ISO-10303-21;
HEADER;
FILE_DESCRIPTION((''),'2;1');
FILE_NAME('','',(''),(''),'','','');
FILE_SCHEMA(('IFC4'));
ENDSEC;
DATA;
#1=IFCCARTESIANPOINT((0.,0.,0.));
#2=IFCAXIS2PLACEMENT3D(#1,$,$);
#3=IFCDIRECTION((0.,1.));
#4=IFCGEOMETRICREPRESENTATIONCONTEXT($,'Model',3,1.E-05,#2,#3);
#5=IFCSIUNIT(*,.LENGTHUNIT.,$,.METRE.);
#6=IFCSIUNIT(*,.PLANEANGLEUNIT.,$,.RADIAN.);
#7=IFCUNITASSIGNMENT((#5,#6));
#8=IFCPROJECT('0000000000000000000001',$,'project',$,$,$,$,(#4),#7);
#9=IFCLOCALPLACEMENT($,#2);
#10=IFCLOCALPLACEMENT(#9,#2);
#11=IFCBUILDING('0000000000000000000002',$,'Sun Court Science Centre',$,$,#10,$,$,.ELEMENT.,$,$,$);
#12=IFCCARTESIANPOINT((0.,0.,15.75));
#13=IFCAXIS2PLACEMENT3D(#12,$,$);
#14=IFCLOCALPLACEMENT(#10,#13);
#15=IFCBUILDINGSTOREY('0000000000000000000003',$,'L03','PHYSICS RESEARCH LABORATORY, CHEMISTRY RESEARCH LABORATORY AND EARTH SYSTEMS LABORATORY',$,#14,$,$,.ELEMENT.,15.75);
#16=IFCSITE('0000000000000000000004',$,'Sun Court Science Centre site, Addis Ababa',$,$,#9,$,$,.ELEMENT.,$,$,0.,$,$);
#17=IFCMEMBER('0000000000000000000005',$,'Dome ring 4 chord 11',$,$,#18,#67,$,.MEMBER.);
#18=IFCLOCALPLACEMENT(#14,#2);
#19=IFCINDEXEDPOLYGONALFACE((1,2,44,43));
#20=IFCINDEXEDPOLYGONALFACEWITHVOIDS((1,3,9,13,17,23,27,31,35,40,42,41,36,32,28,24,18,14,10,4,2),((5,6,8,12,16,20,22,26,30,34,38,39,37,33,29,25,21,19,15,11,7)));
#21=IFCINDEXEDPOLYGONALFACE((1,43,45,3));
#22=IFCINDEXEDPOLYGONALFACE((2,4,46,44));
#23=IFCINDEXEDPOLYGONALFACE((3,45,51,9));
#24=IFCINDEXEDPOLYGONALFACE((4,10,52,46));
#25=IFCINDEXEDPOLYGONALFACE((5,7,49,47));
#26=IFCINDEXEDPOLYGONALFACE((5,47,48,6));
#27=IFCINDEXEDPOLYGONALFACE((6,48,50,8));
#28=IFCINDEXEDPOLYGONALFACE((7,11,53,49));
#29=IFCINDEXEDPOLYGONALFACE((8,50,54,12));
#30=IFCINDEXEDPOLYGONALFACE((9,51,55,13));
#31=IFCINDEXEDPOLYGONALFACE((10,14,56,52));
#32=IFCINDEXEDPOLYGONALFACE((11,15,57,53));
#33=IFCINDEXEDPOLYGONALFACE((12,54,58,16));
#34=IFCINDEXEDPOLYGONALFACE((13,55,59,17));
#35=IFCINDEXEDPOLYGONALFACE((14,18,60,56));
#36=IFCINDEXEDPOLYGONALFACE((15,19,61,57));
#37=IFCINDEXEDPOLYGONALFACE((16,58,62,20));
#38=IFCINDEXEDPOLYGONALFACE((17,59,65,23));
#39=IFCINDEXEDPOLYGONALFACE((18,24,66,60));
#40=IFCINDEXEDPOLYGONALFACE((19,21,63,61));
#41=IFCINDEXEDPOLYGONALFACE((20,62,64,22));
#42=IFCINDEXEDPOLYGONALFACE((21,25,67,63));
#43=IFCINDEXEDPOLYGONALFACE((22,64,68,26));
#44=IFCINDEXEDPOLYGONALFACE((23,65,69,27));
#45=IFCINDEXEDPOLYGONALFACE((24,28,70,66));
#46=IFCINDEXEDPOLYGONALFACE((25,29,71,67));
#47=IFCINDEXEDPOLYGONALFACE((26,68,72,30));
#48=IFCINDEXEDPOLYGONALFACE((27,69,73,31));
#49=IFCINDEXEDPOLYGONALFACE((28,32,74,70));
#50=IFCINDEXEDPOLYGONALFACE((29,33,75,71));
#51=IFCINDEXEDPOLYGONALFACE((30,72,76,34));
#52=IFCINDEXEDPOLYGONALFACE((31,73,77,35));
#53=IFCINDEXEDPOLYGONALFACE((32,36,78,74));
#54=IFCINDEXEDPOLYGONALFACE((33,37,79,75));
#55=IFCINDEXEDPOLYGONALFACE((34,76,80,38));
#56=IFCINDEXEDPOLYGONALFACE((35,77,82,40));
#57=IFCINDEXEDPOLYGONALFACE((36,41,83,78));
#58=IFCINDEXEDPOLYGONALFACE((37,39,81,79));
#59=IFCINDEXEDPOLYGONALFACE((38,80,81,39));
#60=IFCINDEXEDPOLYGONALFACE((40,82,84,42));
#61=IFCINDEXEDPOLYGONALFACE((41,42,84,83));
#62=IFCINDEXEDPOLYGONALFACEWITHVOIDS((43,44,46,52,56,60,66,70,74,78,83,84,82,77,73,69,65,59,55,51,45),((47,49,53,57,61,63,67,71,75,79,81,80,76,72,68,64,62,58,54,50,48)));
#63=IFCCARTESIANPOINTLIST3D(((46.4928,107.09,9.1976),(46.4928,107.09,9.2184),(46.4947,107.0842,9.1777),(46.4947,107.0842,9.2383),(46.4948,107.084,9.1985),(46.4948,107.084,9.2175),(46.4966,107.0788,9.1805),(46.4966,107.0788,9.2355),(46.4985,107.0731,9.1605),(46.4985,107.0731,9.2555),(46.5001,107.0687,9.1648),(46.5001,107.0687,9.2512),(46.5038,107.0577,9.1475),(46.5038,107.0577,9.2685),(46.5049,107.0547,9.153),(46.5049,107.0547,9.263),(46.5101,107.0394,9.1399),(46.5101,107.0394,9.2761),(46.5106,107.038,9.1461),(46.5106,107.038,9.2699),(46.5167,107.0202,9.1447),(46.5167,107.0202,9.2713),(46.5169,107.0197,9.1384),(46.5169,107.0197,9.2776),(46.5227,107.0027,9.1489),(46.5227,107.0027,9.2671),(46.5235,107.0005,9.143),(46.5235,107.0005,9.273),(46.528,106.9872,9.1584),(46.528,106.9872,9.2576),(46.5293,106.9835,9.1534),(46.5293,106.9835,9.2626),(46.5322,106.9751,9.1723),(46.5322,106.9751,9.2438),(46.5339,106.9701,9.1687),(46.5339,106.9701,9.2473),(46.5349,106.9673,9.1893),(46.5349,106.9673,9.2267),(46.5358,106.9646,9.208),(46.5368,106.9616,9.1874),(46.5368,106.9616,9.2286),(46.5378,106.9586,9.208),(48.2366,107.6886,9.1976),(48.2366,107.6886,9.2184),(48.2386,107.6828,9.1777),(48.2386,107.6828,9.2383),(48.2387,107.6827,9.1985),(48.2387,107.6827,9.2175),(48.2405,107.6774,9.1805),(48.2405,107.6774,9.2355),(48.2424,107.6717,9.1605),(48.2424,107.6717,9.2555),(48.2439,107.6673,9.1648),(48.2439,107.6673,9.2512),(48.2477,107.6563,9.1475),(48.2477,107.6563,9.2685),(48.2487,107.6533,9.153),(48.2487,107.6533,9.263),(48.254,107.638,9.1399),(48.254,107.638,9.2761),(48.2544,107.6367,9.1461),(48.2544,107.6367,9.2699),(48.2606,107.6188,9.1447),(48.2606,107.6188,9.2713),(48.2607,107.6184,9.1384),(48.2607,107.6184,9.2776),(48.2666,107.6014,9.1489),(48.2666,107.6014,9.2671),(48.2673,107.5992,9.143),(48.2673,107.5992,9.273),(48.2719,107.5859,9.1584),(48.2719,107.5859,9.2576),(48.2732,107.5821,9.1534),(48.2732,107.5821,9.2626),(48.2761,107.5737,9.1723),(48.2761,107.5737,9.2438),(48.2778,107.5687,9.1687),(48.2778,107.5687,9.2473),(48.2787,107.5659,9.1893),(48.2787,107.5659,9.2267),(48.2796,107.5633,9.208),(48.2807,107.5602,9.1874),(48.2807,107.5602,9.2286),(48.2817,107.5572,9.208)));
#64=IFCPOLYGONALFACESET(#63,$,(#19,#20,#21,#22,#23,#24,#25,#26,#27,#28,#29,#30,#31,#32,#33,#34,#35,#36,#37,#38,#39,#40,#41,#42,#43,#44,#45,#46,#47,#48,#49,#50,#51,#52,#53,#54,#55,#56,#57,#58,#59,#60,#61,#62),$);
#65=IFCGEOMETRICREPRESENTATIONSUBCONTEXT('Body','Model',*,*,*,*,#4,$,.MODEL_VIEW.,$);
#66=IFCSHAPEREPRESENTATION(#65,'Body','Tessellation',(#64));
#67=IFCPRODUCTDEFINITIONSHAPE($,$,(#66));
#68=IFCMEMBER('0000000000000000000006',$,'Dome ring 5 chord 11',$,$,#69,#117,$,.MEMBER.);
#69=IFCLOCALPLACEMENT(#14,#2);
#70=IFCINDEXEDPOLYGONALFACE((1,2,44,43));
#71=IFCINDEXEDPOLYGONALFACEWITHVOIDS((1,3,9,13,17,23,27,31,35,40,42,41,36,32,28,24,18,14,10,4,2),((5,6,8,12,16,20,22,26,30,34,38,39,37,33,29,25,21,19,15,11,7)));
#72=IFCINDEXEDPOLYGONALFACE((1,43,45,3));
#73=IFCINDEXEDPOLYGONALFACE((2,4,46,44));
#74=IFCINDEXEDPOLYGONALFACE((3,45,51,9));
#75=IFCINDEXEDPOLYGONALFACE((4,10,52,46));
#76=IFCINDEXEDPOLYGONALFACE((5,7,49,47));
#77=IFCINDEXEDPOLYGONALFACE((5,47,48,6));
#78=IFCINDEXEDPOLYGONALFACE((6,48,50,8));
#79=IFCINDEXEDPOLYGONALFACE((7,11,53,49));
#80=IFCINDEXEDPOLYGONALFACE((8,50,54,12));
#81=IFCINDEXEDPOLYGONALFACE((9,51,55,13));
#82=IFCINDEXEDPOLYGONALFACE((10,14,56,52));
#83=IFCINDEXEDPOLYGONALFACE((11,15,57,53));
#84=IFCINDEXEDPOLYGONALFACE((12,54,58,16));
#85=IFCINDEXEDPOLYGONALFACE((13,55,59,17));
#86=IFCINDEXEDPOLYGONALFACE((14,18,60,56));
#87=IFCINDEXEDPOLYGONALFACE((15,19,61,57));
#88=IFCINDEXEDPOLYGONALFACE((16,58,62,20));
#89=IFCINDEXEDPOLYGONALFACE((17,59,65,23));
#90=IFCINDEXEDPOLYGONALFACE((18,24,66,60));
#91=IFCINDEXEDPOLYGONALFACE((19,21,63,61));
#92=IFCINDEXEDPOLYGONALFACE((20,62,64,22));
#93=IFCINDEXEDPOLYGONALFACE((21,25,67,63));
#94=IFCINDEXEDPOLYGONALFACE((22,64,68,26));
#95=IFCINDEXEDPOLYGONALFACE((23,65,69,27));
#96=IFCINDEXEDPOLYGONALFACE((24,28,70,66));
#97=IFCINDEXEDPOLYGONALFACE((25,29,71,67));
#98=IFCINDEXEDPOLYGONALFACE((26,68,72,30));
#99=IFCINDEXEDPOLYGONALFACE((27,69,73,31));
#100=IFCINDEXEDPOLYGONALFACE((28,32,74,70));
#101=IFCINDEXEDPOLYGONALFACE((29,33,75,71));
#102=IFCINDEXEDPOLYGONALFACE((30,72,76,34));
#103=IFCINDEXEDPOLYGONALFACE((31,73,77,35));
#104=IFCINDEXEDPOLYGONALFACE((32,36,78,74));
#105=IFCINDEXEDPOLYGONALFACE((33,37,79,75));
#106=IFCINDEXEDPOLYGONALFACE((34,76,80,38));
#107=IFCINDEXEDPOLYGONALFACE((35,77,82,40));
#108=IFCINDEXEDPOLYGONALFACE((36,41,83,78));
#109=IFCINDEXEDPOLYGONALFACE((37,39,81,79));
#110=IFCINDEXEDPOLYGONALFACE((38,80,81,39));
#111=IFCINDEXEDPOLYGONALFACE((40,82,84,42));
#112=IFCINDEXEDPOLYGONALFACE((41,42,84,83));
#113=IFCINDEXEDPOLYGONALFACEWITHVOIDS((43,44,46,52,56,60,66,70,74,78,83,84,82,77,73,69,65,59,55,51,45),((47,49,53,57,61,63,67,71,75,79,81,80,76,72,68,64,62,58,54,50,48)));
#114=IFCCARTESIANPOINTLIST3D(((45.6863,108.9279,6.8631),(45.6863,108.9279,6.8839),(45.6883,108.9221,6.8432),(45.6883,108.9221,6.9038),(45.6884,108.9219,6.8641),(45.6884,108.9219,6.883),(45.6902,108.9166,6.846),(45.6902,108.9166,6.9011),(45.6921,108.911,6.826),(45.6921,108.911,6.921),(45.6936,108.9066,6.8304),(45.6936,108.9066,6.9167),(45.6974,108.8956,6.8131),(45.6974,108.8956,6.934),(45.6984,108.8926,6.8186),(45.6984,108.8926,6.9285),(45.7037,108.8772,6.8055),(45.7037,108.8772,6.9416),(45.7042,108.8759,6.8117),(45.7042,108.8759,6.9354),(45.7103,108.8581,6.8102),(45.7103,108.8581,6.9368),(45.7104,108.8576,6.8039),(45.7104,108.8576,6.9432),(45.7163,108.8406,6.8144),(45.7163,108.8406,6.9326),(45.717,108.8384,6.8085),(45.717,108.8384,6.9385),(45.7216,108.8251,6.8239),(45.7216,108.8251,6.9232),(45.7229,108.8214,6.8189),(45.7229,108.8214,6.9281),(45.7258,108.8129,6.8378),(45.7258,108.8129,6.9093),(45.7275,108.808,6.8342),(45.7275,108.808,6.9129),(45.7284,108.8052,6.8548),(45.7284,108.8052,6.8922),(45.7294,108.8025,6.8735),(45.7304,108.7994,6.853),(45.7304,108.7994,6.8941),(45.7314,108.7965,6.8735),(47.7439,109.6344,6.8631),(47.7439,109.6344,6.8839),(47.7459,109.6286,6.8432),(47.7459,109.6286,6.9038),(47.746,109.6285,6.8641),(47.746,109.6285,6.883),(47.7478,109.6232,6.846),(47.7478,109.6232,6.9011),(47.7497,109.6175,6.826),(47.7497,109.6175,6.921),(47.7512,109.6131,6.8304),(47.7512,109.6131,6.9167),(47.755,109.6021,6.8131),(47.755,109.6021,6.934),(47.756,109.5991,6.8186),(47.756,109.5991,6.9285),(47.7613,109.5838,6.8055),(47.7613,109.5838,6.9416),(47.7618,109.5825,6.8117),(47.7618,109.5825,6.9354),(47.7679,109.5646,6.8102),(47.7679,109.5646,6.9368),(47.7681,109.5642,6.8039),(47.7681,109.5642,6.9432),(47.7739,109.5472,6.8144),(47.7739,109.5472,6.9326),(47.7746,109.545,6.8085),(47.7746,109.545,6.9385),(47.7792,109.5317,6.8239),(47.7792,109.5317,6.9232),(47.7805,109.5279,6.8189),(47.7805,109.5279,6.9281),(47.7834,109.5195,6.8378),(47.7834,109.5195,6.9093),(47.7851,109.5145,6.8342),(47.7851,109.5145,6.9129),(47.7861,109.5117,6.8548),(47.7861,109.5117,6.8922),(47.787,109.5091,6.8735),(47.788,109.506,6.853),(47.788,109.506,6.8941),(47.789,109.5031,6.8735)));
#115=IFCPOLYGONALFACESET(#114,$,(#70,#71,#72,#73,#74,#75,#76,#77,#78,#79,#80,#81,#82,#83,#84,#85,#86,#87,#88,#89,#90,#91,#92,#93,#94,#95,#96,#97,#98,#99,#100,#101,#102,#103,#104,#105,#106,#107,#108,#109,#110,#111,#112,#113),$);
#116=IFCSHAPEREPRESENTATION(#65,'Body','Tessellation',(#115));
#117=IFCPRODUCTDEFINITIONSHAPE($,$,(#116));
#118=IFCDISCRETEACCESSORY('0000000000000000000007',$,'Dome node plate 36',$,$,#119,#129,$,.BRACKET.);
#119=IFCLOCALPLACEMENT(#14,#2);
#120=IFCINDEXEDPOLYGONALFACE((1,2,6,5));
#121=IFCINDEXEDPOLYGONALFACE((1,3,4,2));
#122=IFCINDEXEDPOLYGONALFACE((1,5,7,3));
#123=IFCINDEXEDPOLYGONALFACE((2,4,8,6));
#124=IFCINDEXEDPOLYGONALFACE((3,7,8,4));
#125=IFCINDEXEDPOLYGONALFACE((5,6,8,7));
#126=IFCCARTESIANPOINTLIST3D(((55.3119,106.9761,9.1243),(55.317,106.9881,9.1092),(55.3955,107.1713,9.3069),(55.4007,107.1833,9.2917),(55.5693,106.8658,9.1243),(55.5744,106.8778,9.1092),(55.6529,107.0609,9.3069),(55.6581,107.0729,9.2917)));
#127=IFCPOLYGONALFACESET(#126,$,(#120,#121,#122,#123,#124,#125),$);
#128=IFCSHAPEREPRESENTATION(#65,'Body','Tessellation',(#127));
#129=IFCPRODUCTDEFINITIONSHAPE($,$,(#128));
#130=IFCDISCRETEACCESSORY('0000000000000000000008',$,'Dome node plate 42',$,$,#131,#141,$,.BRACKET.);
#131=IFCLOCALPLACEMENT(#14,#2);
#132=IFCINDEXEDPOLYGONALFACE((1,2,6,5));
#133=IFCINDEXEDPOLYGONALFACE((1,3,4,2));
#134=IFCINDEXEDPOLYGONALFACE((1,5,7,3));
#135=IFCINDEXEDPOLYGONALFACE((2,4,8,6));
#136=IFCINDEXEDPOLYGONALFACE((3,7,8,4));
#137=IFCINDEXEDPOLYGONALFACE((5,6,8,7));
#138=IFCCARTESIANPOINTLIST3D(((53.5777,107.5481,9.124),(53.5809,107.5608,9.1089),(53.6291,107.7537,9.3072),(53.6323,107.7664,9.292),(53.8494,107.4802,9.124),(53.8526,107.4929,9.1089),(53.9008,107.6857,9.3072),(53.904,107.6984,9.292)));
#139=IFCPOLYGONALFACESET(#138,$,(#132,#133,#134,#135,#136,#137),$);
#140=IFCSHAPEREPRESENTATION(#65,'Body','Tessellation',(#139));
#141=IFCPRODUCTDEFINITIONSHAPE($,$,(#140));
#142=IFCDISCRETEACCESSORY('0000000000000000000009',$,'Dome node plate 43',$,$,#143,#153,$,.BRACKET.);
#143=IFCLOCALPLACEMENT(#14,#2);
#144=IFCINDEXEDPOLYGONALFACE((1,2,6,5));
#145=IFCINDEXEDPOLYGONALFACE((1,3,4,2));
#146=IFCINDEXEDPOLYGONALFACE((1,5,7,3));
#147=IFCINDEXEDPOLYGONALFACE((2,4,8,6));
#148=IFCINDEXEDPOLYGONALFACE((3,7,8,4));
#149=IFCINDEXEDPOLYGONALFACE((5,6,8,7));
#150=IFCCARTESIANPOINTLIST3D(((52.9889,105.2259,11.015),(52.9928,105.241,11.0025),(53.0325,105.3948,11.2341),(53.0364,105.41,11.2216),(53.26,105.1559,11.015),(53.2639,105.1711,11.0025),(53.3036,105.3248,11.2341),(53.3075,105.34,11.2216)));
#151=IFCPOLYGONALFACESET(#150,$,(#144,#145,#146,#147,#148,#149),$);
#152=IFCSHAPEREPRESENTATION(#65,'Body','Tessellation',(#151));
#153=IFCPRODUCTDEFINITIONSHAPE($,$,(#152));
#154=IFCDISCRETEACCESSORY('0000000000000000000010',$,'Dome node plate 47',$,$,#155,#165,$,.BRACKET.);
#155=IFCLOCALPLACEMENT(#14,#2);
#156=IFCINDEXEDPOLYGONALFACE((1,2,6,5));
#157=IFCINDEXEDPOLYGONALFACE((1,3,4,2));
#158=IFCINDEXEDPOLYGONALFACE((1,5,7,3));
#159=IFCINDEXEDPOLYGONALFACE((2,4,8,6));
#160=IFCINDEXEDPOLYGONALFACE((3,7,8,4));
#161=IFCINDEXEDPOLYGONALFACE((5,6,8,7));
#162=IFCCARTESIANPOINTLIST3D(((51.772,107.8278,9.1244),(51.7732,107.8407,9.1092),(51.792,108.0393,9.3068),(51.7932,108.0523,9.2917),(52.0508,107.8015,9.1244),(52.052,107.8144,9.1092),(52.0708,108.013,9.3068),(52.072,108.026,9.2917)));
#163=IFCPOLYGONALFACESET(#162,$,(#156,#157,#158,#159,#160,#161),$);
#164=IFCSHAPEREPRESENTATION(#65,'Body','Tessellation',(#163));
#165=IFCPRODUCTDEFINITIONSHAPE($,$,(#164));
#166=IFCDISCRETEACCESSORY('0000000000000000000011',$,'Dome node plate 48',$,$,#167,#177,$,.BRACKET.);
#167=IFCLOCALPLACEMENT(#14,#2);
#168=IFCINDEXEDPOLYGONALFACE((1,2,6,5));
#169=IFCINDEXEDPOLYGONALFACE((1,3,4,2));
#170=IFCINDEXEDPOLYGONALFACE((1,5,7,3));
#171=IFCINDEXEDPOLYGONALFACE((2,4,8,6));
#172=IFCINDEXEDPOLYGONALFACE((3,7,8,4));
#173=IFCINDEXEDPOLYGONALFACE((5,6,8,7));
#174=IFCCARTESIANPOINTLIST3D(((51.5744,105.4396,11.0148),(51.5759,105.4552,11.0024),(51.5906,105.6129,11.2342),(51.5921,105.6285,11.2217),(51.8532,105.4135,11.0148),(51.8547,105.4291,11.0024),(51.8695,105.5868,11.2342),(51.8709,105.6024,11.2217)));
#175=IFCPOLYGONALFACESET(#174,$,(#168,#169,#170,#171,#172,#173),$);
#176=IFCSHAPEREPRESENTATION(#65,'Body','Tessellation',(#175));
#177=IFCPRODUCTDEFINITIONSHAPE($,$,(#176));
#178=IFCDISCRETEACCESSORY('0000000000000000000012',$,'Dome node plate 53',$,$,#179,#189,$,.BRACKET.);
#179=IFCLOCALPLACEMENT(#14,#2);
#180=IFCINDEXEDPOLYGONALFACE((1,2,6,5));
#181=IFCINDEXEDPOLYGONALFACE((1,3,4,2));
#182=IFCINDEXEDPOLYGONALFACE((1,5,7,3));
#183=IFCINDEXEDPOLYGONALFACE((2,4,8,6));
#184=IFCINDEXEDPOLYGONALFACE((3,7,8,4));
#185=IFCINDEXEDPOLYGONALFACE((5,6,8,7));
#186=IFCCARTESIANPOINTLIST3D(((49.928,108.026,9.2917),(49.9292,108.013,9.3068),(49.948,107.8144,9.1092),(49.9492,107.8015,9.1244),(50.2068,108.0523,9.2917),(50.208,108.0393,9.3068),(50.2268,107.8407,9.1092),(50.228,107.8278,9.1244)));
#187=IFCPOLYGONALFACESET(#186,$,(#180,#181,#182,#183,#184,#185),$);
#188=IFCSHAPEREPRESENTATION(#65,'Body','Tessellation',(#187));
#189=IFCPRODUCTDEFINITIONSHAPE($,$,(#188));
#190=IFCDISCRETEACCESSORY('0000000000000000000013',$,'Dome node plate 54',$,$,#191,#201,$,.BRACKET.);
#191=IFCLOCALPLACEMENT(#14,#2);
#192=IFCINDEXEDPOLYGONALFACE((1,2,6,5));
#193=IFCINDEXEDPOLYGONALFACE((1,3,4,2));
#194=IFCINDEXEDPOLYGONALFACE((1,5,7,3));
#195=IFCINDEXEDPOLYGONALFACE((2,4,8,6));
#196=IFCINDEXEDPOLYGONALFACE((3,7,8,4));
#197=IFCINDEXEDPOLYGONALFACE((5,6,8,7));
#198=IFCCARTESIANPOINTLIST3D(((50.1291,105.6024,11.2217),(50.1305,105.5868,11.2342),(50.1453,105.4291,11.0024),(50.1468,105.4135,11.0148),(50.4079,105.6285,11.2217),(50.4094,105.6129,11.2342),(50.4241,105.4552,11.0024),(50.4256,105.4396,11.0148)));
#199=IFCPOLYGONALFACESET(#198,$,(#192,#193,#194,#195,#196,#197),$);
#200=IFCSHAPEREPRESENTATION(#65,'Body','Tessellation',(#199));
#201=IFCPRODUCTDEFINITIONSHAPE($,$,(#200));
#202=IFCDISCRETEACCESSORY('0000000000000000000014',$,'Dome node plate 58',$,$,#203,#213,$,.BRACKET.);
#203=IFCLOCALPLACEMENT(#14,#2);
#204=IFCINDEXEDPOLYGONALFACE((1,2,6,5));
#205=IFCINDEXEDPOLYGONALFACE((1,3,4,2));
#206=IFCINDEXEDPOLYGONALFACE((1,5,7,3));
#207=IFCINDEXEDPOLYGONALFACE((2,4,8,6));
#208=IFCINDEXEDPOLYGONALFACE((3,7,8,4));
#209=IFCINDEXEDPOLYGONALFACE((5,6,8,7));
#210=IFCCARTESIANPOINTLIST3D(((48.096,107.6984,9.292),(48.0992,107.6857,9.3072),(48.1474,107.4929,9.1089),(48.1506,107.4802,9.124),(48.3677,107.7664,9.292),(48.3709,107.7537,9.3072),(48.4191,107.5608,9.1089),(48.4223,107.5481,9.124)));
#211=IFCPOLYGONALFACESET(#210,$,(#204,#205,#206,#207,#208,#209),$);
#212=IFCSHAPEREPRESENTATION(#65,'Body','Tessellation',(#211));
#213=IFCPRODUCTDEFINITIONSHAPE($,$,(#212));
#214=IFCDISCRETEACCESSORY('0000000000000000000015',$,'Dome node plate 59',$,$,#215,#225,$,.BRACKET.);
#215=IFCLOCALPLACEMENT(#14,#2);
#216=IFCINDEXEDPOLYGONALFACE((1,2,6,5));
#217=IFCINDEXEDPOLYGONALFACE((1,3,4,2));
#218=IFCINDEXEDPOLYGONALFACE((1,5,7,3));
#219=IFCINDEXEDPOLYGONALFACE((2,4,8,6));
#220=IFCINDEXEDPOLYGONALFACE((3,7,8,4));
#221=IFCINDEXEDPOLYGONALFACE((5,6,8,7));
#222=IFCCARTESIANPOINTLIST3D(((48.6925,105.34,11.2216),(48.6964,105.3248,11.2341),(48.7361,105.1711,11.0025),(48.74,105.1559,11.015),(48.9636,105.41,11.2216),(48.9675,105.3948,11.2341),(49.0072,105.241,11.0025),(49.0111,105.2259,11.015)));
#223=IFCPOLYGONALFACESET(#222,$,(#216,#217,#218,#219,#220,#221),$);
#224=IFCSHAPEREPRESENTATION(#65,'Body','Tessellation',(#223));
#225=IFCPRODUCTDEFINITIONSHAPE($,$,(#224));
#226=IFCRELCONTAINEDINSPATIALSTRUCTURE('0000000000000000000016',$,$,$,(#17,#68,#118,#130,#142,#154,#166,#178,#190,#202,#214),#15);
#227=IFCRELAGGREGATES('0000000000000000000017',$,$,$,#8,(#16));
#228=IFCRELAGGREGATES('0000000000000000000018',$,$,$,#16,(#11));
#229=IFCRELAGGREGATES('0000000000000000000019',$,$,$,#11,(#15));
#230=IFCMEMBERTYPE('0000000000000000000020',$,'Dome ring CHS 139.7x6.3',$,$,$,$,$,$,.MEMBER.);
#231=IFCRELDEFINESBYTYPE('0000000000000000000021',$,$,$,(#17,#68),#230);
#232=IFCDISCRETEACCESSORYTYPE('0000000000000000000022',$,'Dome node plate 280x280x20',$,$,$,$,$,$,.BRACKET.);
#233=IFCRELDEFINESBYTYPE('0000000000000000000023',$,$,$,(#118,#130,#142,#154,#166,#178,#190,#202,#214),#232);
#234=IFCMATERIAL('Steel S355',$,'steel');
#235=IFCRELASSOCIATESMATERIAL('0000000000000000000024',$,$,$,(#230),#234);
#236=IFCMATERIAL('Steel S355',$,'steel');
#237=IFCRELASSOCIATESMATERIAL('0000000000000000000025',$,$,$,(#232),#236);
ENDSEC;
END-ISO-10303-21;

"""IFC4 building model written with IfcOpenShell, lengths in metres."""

from ifc_helpers import new_model, si_unit, direction, frame, origin, origin_2d, place, context, subcontext, project, spatial, rectangle, hollow_circle, extrude, material, material_profile, profile_set, type_object, element, save


model = new_model("IFC4")

# Units and contexts
model_context = context("Model", 3, precision=1e-05, world=origin(), true_north=direction((0.0, 1.0)))
body_context = subcontext(model_context, "Body", "Model", "MODEL_VIEW")
ifc_project = project(units=[si_unit("LENGTHUNIT", "METRE"), si_unit("PLANEANGLEUNIT", "RADIAN")], contexts=[model_context])

# Site, building, storey
site_placement = place(None, origin())
site = spatial("IfcSite", under=ifc_project, at=site_placement, Name="Sun Court Science Centre site, Addis Ababa", CompositionType="ELEMENT", RefElevation=0.0)
building_placement = place(site_placement, origin())
building = spatial("IfcBuilding", under=site, at=building_placement, Name="Sun Court Science Centre", CompositionType="ELEMENT")
storey_placement = place(building_placement, frame((0.0, 0.0, 15.75)))
storey = spatial("IfcBuildingStorey", under=building, at=storey_placement, Name="L03", Description="PHYSICS RESEARCH LABORATORY, CHEMISTRY RESEARCH LABORATORY AND EARTH SYSTEMS LABORATORY", CompositionType="ELEMENT", Elevation=15.75)

# Members
ifc_material_1 = material(Name="Steel S355", Category="steel")
ifc_material_profile_1 = material_profile(ifc_material_1, hollow_circle(Radius=0.0698, WallThickness=0.0063, at=origin_2d()), Name="CHS 139.7x6.3")
ifc_profile_set_1 = profile_set([ifc_material_profile_1], Name="Steel S355")
member_type_1 = type_object("IfcMemberType", Name="Dome ring CHS 139.7x6.3", PredefinedType="MEMBER", material=ifc_profile_set_1)
member_1_placement = place(storey_placement, frame((48.259, 107.6233, 9.208), z_axis=(-0.945825, -0.324676, 0.0), x_axis=(0.324676, -0.945825, 0.0)))
element("IfcMember", 1, at=member_1_placement, inside=storey, type_object=member_type_1, Name="Dome ring 4 chord 11", PredefinedType="MEMBER", context=body_context, shape_type="SweptSolid", body=[
    extrude(hollow_circle(Radius=0.0698, WallThickness=0.0063, at=origin_2d()), origin(), (0.0, 0.0, 1.0), 1.8438),
])
member_2_placement = place(storey_placement, frame((47.7664, 109.5691, 6.8735), z_axis=(-0.945794, -0.324766, 0.0), x_axis=(0.324766, -0.945794, 0.0)))
element("IfcMember", 2, at=member_2_placement, inside=storey, type_object=member_type_1, Name="Dome ring 5 chord 11", PredefinedType="MEMBER", context=body_context, shape_type="SweptSolid", body=[
    extrude(hollow_circle(Radius=0.0698, WallThickness=0.0063, at=origin_2d()), origin(), (0.0, 0.0, 1.0), 2.1755),
])

# Discrete accessories
ifc_material_2 = material(Name="Steel S355", Category="steel")
ifc_material_profile_2 = material_profile(ifc_material_2, rectangle(XDim=0.28, YDim=0.28, at=origin_2d()), Name="PL 280x280")
ifc_profile_set_2 = profile_set([ifc_material_profile_2], Name="Steel S355")
discrete_accessory_type = type_object("IfcDiscreteAccessoryType", Name="Dome node plate 280x280x20", PredefinedType="BRACKET", material=ifc_profile_set_2)
for number, where, z_axis, x_axis, name in (
    (3, (55.4875, 107.0305, 9.2004), (-0.256824, -0.599257, 0.758243), (0.919145, -0.393919, 0.0), "Dome node plate 36"),
    (4, (53.7424, 107.6296, 9.2004), (-0.158619, -0.634477, 0.756491), (0.970143, -0.242536, 0.0), "Dome node plate 42"),
    (5, (53.1501, 105.2905, 11.1121), (-0.195457, -0.757394, 0.623018), (0.968277, -0.249878, 0.0), "Dome node plate 43"),
    (6, (51.9226, 107.9333, 9.2004), (-0.061185, -0.648564, 0.758697), (0.99558, -0.093923, 0.0), "Dome node plate 47"),
    (7, (51.7234, 105.5288, 11.1121), (-0.073122, -0.779966, 0.621535), (0.995634, -0.093341, 0.0), "Dome node plate 48"),
    (8, (50.0774, 107.9333, 9.2004), (0.061185, -0.648564, 0.758697), (0.99558, 0.093923, 0.0), "Dome node plate 53"),
    (9, (50.2766, 105.5288, 11.1121), (0.073122, -0.779966, 0.621535), (0.995634, 0.093341, 0.0), "Dome node plate 54"),
    (10, (48.2576, 107.6296, 9.2004), (0.158619, -0.634477, 0.756491), (0.970143, 0.242536, 0.0), "Dome node plate 58"),
    (11, (48.8499, 105.2905, 11.1121), (0.195457, -0.757394, 0.623018), (0.968277, 0.249878, 0.0), "Dome node plate 59"),
):
    element("IfcDiscreteAccessory", number, at=place(storey_placement, frame(where, z_axis=z_axis, x_axis=x_axis)), inside=storey, type_object=discrete_accessory_type, Name=name, PredefinedType="BRACKET", context=body_context, shape_type="SweptSolid", body=[
        extrude(rectangle(XDim=0.28, YDim=0.28, at=origin_2d()), origin(), (0.0, 0.0, 1.0), 0.02),
    ])

save(model, "model.ifc")
